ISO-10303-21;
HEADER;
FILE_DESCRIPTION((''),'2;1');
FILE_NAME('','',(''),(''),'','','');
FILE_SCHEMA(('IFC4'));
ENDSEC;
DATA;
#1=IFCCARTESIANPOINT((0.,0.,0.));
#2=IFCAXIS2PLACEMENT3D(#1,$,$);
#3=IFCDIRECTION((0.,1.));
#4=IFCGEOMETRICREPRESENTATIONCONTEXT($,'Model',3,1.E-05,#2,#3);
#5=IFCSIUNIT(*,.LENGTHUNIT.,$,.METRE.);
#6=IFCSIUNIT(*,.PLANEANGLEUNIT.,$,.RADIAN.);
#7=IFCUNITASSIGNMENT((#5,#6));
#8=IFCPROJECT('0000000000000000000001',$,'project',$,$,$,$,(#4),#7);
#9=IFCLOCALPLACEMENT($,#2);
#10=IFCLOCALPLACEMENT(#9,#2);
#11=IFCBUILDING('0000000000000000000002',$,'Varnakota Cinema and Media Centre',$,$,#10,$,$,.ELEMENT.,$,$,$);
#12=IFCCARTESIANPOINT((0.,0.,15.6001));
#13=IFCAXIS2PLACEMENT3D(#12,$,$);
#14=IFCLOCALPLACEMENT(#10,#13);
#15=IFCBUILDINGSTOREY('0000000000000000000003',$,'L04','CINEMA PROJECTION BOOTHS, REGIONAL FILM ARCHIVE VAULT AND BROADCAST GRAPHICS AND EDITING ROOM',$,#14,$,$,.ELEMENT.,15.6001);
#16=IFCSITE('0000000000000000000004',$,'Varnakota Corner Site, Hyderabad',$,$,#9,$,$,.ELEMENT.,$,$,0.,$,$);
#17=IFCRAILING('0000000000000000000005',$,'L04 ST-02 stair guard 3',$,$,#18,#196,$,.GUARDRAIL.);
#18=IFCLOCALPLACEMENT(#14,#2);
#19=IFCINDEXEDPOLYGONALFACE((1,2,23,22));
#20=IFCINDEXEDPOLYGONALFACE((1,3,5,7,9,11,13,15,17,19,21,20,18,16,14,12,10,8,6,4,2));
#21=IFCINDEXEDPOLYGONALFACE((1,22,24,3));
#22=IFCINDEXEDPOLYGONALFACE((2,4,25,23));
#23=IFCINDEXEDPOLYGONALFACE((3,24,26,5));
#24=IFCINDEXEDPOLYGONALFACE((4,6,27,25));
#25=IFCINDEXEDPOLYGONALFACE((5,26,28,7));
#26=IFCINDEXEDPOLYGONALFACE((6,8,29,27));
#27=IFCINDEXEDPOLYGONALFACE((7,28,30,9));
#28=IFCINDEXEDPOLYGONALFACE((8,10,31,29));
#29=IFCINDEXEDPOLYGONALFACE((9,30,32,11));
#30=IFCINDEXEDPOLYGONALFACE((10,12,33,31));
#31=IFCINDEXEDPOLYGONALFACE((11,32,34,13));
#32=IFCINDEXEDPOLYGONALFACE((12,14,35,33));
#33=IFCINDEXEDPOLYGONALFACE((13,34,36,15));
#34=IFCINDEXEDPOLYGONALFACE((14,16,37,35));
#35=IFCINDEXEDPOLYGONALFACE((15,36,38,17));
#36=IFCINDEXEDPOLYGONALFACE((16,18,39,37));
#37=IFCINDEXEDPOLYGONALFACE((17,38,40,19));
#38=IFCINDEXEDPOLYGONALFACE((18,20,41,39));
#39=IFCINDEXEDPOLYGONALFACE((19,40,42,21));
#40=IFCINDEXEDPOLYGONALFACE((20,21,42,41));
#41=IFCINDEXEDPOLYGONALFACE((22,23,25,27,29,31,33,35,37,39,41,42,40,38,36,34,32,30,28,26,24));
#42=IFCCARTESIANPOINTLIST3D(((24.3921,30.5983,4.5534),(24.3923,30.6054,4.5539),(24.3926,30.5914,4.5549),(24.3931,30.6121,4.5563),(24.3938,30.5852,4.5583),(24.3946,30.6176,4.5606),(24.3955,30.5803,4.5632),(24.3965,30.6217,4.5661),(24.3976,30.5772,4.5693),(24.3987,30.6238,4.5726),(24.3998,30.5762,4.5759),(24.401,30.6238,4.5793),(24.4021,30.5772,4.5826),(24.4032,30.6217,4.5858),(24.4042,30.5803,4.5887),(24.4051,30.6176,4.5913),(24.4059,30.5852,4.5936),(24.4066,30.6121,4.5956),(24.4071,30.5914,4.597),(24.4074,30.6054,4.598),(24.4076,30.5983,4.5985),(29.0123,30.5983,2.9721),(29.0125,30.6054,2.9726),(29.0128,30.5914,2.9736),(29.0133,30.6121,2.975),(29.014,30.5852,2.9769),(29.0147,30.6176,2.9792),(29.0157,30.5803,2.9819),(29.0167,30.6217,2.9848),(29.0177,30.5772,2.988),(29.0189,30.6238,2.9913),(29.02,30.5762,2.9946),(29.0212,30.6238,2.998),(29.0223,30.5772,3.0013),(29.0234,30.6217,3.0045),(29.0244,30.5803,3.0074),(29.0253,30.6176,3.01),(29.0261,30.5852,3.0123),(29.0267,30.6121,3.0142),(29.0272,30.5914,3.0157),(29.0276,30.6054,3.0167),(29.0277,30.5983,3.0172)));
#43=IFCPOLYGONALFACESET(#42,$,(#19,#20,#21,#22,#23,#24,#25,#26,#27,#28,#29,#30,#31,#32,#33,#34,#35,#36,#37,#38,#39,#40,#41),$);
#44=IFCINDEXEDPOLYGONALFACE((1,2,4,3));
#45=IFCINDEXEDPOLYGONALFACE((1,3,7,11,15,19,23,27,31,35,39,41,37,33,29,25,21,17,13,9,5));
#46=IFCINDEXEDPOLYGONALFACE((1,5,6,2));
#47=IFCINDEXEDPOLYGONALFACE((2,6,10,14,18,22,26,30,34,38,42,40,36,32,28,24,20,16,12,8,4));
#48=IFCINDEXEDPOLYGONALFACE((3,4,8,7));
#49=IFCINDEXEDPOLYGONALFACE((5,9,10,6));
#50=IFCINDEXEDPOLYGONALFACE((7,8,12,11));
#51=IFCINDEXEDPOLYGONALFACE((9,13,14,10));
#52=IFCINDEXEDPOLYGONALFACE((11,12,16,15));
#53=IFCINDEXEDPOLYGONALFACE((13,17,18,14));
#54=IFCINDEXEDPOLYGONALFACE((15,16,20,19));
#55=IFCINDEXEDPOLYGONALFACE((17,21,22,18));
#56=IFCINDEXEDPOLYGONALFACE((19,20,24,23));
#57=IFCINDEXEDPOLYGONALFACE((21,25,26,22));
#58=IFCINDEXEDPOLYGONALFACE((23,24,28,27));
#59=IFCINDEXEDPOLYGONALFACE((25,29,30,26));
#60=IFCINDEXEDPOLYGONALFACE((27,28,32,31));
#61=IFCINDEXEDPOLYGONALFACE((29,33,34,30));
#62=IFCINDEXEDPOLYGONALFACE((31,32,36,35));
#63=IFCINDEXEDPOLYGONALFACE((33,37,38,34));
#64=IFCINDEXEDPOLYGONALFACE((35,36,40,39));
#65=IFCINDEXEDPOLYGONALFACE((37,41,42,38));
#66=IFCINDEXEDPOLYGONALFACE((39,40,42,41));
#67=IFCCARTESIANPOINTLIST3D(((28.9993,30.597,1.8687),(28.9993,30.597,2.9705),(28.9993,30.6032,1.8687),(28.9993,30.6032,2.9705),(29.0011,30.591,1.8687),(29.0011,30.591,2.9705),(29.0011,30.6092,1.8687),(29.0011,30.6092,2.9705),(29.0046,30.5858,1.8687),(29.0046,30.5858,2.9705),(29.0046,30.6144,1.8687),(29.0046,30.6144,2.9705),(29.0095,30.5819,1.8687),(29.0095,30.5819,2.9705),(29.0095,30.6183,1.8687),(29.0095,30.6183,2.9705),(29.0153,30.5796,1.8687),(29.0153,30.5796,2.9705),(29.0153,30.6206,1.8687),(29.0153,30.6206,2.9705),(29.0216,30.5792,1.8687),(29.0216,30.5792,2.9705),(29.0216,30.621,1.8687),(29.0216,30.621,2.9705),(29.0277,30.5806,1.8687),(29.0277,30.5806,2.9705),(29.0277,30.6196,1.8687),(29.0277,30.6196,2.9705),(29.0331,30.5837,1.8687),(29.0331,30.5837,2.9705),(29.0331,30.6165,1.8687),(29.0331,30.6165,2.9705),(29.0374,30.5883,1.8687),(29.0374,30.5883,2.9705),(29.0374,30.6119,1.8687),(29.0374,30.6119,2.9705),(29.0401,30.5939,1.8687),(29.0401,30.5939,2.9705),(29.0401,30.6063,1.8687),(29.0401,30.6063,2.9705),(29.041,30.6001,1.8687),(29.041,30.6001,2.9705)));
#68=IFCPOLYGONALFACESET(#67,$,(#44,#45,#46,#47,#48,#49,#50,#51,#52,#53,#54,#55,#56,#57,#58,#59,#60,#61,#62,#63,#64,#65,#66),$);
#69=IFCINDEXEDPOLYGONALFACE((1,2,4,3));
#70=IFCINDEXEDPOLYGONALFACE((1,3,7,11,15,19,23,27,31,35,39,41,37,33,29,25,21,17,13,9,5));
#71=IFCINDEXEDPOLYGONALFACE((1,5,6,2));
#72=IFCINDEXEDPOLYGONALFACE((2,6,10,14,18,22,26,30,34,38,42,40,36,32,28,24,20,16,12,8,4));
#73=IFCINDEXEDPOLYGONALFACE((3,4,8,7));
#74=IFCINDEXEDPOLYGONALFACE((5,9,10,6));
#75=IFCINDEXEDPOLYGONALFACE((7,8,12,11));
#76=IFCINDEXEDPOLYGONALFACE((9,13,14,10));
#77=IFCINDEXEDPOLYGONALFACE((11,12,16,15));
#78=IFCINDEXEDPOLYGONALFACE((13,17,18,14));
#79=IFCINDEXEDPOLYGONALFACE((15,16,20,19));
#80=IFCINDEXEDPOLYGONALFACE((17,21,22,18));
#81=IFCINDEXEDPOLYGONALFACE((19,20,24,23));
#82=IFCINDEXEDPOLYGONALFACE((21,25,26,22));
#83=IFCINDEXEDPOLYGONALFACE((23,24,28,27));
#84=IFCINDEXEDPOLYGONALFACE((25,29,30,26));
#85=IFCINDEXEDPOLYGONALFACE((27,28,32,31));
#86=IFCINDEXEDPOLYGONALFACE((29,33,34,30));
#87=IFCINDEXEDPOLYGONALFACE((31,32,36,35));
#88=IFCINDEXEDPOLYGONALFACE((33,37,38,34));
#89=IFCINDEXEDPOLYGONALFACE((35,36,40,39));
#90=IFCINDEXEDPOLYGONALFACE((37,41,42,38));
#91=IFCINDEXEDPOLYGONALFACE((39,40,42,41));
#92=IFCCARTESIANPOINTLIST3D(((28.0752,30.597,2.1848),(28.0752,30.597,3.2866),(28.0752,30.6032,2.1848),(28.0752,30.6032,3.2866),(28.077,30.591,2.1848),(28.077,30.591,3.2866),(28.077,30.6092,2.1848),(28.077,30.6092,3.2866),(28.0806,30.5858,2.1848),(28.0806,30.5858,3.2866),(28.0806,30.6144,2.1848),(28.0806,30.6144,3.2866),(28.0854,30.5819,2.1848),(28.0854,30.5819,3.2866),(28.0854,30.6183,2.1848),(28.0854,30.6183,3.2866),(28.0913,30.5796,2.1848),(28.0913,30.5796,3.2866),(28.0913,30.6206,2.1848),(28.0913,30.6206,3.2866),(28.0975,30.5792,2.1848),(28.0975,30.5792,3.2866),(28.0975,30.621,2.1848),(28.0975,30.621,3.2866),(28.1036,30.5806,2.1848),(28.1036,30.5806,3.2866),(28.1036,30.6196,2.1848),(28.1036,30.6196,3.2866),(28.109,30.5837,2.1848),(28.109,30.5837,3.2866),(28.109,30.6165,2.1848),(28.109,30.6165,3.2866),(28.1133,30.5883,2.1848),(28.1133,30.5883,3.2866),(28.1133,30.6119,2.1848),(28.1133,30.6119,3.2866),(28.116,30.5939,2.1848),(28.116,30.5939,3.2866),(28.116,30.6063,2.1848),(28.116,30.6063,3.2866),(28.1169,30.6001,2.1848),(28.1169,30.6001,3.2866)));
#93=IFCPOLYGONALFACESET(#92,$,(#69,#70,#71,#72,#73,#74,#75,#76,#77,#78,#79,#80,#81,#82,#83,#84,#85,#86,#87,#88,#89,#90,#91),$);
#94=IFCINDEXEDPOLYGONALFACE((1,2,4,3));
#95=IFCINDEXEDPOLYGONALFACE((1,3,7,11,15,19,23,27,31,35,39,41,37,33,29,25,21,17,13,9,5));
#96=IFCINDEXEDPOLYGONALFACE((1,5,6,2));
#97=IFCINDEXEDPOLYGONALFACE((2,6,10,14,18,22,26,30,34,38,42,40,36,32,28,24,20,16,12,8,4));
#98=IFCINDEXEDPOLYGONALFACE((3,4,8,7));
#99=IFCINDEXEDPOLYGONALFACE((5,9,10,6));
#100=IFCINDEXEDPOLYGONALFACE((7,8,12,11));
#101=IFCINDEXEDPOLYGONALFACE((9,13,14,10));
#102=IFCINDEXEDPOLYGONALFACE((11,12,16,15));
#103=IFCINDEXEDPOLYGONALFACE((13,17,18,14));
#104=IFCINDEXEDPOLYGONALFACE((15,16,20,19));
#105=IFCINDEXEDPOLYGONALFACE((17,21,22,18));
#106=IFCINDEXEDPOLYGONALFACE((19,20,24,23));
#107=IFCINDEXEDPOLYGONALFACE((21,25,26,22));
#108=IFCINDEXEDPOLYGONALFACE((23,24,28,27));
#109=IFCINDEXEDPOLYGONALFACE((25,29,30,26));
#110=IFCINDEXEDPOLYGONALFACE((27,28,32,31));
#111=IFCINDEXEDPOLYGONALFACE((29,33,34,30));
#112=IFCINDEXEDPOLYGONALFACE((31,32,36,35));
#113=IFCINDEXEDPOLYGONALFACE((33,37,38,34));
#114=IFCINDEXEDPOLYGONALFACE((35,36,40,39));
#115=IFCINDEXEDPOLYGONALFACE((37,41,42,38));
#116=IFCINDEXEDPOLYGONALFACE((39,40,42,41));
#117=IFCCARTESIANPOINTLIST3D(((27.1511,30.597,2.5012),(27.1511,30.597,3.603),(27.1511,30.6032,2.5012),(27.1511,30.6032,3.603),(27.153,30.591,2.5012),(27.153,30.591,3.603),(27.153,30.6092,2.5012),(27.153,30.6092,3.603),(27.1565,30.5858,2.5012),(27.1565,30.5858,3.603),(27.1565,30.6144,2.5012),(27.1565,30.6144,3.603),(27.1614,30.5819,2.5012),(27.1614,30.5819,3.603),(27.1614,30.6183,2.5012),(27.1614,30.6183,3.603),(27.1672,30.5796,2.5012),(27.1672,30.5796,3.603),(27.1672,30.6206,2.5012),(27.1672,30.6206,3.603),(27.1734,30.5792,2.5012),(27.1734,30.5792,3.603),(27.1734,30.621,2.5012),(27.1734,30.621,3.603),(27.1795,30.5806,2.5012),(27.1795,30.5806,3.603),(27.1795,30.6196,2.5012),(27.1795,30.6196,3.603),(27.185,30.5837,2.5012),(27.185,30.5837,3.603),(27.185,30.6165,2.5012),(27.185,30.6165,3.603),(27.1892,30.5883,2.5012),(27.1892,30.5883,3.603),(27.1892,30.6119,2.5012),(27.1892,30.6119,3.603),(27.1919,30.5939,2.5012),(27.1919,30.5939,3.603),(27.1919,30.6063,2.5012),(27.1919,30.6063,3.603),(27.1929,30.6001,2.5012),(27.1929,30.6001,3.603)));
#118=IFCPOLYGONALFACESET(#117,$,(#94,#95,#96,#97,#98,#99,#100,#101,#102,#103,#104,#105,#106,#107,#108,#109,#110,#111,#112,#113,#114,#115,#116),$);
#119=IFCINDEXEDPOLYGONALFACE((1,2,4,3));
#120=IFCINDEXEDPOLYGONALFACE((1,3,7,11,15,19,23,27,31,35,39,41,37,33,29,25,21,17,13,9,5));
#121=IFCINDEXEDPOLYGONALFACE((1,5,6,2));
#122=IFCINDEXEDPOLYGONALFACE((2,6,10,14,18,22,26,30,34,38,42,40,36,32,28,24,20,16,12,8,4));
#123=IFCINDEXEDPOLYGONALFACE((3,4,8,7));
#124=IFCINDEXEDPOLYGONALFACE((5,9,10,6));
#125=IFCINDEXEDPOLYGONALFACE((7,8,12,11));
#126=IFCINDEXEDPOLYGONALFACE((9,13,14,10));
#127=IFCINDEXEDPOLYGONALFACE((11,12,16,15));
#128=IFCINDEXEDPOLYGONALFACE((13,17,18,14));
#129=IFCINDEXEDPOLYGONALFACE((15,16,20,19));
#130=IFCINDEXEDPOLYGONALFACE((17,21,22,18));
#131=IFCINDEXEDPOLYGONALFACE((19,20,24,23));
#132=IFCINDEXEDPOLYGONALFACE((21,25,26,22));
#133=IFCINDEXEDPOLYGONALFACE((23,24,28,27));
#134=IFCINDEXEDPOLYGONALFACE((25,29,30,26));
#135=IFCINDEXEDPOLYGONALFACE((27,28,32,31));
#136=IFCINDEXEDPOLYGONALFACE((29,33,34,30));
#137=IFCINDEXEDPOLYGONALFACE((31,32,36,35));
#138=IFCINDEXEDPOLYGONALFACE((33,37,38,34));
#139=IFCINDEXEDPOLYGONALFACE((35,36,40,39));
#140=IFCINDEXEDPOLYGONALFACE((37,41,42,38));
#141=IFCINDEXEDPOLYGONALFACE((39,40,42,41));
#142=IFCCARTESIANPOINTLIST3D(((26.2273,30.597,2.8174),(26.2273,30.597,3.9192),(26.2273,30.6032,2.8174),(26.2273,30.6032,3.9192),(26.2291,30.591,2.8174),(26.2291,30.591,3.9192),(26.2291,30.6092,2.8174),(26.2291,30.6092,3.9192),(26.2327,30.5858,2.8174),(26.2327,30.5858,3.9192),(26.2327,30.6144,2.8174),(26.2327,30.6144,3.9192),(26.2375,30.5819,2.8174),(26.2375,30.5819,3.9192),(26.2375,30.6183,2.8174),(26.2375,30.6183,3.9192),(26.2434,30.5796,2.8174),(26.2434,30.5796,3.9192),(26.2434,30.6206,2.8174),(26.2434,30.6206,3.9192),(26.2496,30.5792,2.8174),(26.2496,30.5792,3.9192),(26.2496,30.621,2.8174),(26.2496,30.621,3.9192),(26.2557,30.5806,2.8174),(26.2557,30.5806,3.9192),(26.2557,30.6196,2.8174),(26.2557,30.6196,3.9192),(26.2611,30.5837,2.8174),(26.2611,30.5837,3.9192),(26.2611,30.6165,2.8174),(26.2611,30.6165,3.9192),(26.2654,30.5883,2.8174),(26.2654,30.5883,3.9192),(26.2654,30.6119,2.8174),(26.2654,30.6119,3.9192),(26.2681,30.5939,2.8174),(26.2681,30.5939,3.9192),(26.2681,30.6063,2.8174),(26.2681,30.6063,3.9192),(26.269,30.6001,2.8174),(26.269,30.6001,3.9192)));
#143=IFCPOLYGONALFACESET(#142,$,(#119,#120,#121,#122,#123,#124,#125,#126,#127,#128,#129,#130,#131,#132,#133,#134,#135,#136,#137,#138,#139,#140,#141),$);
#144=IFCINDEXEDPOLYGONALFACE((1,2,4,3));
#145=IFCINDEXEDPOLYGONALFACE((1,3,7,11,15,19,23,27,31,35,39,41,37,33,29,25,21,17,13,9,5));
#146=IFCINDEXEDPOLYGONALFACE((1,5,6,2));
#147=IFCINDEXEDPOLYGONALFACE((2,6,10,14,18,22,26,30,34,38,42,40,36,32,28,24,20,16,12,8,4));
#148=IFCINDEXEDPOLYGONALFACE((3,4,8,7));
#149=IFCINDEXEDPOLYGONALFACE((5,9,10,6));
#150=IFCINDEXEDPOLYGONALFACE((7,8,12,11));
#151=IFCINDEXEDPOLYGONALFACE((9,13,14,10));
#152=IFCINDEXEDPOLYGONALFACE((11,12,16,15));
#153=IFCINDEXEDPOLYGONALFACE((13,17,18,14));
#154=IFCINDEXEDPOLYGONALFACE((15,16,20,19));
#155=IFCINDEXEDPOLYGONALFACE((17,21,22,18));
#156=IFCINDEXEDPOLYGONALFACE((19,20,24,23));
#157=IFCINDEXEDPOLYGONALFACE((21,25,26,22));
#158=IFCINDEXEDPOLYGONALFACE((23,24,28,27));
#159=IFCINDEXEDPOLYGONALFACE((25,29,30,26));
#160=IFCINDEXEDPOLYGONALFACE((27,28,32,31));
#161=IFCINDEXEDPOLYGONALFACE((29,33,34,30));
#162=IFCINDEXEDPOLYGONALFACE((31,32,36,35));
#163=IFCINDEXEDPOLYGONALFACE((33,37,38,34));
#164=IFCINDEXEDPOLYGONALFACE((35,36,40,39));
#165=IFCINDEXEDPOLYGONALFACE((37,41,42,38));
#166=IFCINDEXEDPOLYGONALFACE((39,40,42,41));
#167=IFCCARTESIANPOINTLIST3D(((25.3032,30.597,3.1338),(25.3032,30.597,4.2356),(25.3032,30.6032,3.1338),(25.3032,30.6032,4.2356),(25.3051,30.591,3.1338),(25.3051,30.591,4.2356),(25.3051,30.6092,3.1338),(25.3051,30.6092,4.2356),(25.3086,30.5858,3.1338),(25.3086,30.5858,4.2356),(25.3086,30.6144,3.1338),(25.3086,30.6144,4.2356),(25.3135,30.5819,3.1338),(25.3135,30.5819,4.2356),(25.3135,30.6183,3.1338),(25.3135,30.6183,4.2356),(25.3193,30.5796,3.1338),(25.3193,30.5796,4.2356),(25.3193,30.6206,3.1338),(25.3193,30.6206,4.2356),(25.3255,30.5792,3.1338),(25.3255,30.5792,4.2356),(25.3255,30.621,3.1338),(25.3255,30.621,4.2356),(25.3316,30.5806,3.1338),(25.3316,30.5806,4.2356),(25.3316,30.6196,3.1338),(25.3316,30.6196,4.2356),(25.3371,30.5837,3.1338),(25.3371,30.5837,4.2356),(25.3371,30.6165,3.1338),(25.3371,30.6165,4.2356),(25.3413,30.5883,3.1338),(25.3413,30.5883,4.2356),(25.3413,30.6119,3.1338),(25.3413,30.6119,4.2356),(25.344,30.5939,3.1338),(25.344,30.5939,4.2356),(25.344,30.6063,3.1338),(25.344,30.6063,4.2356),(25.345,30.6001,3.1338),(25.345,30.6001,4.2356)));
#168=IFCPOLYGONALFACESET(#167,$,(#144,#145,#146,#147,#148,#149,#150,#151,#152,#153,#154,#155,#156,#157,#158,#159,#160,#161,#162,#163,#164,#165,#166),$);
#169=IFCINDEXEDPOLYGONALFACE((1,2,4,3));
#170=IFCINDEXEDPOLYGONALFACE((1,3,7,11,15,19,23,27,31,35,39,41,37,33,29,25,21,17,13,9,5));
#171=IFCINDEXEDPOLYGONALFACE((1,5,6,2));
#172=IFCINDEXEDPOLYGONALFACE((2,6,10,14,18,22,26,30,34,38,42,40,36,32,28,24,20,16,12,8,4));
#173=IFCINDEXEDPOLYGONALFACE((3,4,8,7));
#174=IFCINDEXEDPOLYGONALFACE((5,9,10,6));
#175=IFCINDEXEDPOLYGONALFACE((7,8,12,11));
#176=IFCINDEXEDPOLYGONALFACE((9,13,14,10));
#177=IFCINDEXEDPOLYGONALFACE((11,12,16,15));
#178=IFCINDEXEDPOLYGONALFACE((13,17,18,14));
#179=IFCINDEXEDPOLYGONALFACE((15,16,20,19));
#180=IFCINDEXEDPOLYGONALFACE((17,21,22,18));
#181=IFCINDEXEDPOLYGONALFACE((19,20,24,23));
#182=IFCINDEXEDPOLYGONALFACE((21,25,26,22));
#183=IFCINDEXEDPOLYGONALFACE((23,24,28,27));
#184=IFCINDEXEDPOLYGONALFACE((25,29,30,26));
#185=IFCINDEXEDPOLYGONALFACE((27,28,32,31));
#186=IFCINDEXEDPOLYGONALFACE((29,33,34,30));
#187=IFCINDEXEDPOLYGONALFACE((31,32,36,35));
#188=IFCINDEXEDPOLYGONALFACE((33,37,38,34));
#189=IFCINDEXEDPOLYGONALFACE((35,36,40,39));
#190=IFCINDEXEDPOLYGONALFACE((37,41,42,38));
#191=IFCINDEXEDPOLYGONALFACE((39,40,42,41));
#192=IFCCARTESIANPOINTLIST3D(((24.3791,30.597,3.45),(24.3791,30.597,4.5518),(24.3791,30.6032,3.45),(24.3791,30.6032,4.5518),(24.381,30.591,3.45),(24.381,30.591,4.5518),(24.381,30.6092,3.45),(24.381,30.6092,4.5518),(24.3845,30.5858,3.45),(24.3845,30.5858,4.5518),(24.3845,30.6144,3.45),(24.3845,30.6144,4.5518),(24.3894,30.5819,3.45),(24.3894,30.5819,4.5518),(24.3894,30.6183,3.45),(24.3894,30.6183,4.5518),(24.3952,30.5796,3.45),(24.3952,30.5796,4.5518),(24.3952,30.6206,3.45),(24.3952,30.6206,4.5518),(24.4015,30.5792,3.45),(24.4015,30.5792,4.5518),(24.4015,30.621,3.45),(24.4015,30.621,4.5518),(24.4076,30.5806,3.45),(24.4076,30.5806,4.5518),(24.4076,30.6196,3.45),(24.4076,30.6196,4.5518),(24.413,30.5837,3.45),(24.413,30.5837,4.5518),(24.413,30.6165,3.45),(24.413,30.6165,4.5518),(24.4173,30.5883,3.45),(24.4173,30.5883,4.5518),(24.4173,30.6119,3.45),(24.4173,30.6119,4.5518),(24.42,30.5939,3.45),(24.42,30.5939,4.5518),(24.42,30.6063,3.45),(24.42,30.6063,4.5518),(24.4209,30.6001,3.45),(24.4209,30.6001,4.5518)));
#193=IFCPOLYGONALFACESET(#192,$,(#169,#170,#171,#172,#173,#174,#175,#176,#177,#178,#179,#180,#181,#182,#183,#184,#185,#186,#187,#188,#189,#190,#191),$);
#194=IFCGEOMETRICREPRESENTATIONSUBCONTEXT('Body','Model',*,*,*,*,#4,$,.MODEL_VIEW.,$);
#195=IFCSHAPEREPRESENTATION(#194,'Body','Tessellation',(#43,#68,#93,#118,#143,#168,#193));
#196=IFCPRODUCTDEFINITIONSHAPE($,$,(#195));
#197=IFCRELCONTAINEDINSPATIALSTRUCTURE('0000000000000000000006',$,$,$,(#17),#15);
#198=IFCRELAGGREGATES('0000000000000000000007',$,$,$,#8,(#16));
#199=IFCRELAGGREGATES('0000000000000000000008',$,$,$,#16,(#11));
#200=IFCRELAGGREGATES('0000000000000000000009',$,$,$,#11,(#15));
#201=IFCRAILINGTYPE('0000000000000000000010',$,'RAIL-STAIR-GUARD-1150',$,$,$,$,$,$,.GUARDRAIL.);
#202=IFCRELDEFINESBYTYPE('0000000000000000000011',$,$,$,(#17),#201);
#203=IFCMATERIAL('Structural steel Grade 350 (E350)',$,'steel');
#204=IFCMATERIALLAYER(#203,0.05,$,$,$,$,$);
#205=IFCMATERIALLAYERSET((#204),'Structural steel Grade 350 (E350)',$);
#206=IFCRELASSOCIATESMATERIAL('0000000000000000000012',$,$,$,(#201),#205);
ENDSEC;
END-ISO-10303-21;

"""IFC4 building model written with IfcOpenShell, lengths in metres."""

from ifc_helpers import new_model, si_unit, direction, frame, origin, origin_2d, place, context, subcontext, project, spatial, circle, extrude, material, layer, layer_set, type_object, element, save


model = new_model("IFC4")

# Units and contexts
model_context = context("Model", 3, precision=1e-05, world=origin(), true_north=direction((0.0, 1.0)))
body_context = subcontext(model_context, "Body", "Model", "MODEL_VIEW")
ifc_project = project(units=[si_unit("LENGTHUNIT", "METRE"), si_unit("PLANEANGLEUNIT", "RADIAN")], contexts=[model_context])

# Site, building, storey
site_placement = place(None, origin())
site = spatial("IfcSite", under=ifc_project, at=site_placement, Name="Varnakota Corner Site, Hyderabad", CompositionType="ELEMENT", RefElevation=0.0)
building_placement = place(site_placement, origin())
building = spatial("IfcBuilding", under=site, at=building_placement, Name="Varnakota Cinema and Media Centre", CompositionType="ELEMENT")
storey_placement = place(building_placement, frame((0.0, 0.0, 15.6001)))
storey = spatial("IfcBuildingStorey", under=building, at=storey_placement, Name="L04", Description="CINEMA PROJECTION BOOTHS, REGIONAL FILM ARCHIVE VAULT AND BROADCAST GRAPHICS AND EDITING ROOM", CompositionType="ELEMENT", Elevation=15.6001)

# Railing
ifc_material_1 = material(Name="Structural steel Grade 350 (E350)", Category="steel")
ifc_layer_1 = layer(ifc_material_1, 0.05)
ifc_layer_set_1 = layer_set([ifc_layer_1], Name="Structural steel Grade 350 (E350)")
railing_type_1 = type_object("IfcRailingType", Name="RAIL-STAIR-GUARD-1150", PredefinedType="GUARDRAIL", material=ifc_layer_set_1)
railing_1_placement = place(storey_placement, frame((29.02, 30.6001, 1.8687)))
element("IfcRailing", 1, at=railing_1_placement, inside=storey, type_object=railing_type_1, Name="L04 ST-02 stair guard 3", PredefinedType="GUARDRAIL", context=body_context, shape_type="SweptSolid", body=[
    extrude(circle(Radius=0.0239, at=origin_2d()), frame((0.0, 0.0, 1.126), z_axis=(-0.946118, 0.0, 0.323822), x_axis=(0.0, -1.0, 0.0)), (0.0, 0.0, 1.0), 4.8833),
    extrude(circle(Radius=0.021, at=origin_2d()), origin(), (0.0, 0.0, 1.0), 1.1018),
    extrude(circle(Radius=0.021, at=origin_2d()), frame((-0.9241, 0.0, 0.3162)), (0.0, 0.0, 1.0), 1.1018),
    extrude(circle(Radius=0.021, at=origin_2d()), frame((-1.8481, 0.0, 0.6326)), (0.0, 0.0, 1.0), 1.1018),
    extrude(circle(Radius=0.021, at=origin_2d()), frame((-2.772, 0.0, 0.9487)), (0.0, 0.0, 1.0), 1.1018),
    extrude(circle(Radius=0.021, at=origin_2d()), frame((-3.696, 0.0, 1.2651)), (0.0, 0.0, 1.0), 1.1018),
    extrude(circle(Radius=0.021, at=origin_2d()), frame((-4.6201, 0.0, 1.5813)), (0.0, 0.0, 1.0), 1.1018),
])

save(model, "model.ifc")
